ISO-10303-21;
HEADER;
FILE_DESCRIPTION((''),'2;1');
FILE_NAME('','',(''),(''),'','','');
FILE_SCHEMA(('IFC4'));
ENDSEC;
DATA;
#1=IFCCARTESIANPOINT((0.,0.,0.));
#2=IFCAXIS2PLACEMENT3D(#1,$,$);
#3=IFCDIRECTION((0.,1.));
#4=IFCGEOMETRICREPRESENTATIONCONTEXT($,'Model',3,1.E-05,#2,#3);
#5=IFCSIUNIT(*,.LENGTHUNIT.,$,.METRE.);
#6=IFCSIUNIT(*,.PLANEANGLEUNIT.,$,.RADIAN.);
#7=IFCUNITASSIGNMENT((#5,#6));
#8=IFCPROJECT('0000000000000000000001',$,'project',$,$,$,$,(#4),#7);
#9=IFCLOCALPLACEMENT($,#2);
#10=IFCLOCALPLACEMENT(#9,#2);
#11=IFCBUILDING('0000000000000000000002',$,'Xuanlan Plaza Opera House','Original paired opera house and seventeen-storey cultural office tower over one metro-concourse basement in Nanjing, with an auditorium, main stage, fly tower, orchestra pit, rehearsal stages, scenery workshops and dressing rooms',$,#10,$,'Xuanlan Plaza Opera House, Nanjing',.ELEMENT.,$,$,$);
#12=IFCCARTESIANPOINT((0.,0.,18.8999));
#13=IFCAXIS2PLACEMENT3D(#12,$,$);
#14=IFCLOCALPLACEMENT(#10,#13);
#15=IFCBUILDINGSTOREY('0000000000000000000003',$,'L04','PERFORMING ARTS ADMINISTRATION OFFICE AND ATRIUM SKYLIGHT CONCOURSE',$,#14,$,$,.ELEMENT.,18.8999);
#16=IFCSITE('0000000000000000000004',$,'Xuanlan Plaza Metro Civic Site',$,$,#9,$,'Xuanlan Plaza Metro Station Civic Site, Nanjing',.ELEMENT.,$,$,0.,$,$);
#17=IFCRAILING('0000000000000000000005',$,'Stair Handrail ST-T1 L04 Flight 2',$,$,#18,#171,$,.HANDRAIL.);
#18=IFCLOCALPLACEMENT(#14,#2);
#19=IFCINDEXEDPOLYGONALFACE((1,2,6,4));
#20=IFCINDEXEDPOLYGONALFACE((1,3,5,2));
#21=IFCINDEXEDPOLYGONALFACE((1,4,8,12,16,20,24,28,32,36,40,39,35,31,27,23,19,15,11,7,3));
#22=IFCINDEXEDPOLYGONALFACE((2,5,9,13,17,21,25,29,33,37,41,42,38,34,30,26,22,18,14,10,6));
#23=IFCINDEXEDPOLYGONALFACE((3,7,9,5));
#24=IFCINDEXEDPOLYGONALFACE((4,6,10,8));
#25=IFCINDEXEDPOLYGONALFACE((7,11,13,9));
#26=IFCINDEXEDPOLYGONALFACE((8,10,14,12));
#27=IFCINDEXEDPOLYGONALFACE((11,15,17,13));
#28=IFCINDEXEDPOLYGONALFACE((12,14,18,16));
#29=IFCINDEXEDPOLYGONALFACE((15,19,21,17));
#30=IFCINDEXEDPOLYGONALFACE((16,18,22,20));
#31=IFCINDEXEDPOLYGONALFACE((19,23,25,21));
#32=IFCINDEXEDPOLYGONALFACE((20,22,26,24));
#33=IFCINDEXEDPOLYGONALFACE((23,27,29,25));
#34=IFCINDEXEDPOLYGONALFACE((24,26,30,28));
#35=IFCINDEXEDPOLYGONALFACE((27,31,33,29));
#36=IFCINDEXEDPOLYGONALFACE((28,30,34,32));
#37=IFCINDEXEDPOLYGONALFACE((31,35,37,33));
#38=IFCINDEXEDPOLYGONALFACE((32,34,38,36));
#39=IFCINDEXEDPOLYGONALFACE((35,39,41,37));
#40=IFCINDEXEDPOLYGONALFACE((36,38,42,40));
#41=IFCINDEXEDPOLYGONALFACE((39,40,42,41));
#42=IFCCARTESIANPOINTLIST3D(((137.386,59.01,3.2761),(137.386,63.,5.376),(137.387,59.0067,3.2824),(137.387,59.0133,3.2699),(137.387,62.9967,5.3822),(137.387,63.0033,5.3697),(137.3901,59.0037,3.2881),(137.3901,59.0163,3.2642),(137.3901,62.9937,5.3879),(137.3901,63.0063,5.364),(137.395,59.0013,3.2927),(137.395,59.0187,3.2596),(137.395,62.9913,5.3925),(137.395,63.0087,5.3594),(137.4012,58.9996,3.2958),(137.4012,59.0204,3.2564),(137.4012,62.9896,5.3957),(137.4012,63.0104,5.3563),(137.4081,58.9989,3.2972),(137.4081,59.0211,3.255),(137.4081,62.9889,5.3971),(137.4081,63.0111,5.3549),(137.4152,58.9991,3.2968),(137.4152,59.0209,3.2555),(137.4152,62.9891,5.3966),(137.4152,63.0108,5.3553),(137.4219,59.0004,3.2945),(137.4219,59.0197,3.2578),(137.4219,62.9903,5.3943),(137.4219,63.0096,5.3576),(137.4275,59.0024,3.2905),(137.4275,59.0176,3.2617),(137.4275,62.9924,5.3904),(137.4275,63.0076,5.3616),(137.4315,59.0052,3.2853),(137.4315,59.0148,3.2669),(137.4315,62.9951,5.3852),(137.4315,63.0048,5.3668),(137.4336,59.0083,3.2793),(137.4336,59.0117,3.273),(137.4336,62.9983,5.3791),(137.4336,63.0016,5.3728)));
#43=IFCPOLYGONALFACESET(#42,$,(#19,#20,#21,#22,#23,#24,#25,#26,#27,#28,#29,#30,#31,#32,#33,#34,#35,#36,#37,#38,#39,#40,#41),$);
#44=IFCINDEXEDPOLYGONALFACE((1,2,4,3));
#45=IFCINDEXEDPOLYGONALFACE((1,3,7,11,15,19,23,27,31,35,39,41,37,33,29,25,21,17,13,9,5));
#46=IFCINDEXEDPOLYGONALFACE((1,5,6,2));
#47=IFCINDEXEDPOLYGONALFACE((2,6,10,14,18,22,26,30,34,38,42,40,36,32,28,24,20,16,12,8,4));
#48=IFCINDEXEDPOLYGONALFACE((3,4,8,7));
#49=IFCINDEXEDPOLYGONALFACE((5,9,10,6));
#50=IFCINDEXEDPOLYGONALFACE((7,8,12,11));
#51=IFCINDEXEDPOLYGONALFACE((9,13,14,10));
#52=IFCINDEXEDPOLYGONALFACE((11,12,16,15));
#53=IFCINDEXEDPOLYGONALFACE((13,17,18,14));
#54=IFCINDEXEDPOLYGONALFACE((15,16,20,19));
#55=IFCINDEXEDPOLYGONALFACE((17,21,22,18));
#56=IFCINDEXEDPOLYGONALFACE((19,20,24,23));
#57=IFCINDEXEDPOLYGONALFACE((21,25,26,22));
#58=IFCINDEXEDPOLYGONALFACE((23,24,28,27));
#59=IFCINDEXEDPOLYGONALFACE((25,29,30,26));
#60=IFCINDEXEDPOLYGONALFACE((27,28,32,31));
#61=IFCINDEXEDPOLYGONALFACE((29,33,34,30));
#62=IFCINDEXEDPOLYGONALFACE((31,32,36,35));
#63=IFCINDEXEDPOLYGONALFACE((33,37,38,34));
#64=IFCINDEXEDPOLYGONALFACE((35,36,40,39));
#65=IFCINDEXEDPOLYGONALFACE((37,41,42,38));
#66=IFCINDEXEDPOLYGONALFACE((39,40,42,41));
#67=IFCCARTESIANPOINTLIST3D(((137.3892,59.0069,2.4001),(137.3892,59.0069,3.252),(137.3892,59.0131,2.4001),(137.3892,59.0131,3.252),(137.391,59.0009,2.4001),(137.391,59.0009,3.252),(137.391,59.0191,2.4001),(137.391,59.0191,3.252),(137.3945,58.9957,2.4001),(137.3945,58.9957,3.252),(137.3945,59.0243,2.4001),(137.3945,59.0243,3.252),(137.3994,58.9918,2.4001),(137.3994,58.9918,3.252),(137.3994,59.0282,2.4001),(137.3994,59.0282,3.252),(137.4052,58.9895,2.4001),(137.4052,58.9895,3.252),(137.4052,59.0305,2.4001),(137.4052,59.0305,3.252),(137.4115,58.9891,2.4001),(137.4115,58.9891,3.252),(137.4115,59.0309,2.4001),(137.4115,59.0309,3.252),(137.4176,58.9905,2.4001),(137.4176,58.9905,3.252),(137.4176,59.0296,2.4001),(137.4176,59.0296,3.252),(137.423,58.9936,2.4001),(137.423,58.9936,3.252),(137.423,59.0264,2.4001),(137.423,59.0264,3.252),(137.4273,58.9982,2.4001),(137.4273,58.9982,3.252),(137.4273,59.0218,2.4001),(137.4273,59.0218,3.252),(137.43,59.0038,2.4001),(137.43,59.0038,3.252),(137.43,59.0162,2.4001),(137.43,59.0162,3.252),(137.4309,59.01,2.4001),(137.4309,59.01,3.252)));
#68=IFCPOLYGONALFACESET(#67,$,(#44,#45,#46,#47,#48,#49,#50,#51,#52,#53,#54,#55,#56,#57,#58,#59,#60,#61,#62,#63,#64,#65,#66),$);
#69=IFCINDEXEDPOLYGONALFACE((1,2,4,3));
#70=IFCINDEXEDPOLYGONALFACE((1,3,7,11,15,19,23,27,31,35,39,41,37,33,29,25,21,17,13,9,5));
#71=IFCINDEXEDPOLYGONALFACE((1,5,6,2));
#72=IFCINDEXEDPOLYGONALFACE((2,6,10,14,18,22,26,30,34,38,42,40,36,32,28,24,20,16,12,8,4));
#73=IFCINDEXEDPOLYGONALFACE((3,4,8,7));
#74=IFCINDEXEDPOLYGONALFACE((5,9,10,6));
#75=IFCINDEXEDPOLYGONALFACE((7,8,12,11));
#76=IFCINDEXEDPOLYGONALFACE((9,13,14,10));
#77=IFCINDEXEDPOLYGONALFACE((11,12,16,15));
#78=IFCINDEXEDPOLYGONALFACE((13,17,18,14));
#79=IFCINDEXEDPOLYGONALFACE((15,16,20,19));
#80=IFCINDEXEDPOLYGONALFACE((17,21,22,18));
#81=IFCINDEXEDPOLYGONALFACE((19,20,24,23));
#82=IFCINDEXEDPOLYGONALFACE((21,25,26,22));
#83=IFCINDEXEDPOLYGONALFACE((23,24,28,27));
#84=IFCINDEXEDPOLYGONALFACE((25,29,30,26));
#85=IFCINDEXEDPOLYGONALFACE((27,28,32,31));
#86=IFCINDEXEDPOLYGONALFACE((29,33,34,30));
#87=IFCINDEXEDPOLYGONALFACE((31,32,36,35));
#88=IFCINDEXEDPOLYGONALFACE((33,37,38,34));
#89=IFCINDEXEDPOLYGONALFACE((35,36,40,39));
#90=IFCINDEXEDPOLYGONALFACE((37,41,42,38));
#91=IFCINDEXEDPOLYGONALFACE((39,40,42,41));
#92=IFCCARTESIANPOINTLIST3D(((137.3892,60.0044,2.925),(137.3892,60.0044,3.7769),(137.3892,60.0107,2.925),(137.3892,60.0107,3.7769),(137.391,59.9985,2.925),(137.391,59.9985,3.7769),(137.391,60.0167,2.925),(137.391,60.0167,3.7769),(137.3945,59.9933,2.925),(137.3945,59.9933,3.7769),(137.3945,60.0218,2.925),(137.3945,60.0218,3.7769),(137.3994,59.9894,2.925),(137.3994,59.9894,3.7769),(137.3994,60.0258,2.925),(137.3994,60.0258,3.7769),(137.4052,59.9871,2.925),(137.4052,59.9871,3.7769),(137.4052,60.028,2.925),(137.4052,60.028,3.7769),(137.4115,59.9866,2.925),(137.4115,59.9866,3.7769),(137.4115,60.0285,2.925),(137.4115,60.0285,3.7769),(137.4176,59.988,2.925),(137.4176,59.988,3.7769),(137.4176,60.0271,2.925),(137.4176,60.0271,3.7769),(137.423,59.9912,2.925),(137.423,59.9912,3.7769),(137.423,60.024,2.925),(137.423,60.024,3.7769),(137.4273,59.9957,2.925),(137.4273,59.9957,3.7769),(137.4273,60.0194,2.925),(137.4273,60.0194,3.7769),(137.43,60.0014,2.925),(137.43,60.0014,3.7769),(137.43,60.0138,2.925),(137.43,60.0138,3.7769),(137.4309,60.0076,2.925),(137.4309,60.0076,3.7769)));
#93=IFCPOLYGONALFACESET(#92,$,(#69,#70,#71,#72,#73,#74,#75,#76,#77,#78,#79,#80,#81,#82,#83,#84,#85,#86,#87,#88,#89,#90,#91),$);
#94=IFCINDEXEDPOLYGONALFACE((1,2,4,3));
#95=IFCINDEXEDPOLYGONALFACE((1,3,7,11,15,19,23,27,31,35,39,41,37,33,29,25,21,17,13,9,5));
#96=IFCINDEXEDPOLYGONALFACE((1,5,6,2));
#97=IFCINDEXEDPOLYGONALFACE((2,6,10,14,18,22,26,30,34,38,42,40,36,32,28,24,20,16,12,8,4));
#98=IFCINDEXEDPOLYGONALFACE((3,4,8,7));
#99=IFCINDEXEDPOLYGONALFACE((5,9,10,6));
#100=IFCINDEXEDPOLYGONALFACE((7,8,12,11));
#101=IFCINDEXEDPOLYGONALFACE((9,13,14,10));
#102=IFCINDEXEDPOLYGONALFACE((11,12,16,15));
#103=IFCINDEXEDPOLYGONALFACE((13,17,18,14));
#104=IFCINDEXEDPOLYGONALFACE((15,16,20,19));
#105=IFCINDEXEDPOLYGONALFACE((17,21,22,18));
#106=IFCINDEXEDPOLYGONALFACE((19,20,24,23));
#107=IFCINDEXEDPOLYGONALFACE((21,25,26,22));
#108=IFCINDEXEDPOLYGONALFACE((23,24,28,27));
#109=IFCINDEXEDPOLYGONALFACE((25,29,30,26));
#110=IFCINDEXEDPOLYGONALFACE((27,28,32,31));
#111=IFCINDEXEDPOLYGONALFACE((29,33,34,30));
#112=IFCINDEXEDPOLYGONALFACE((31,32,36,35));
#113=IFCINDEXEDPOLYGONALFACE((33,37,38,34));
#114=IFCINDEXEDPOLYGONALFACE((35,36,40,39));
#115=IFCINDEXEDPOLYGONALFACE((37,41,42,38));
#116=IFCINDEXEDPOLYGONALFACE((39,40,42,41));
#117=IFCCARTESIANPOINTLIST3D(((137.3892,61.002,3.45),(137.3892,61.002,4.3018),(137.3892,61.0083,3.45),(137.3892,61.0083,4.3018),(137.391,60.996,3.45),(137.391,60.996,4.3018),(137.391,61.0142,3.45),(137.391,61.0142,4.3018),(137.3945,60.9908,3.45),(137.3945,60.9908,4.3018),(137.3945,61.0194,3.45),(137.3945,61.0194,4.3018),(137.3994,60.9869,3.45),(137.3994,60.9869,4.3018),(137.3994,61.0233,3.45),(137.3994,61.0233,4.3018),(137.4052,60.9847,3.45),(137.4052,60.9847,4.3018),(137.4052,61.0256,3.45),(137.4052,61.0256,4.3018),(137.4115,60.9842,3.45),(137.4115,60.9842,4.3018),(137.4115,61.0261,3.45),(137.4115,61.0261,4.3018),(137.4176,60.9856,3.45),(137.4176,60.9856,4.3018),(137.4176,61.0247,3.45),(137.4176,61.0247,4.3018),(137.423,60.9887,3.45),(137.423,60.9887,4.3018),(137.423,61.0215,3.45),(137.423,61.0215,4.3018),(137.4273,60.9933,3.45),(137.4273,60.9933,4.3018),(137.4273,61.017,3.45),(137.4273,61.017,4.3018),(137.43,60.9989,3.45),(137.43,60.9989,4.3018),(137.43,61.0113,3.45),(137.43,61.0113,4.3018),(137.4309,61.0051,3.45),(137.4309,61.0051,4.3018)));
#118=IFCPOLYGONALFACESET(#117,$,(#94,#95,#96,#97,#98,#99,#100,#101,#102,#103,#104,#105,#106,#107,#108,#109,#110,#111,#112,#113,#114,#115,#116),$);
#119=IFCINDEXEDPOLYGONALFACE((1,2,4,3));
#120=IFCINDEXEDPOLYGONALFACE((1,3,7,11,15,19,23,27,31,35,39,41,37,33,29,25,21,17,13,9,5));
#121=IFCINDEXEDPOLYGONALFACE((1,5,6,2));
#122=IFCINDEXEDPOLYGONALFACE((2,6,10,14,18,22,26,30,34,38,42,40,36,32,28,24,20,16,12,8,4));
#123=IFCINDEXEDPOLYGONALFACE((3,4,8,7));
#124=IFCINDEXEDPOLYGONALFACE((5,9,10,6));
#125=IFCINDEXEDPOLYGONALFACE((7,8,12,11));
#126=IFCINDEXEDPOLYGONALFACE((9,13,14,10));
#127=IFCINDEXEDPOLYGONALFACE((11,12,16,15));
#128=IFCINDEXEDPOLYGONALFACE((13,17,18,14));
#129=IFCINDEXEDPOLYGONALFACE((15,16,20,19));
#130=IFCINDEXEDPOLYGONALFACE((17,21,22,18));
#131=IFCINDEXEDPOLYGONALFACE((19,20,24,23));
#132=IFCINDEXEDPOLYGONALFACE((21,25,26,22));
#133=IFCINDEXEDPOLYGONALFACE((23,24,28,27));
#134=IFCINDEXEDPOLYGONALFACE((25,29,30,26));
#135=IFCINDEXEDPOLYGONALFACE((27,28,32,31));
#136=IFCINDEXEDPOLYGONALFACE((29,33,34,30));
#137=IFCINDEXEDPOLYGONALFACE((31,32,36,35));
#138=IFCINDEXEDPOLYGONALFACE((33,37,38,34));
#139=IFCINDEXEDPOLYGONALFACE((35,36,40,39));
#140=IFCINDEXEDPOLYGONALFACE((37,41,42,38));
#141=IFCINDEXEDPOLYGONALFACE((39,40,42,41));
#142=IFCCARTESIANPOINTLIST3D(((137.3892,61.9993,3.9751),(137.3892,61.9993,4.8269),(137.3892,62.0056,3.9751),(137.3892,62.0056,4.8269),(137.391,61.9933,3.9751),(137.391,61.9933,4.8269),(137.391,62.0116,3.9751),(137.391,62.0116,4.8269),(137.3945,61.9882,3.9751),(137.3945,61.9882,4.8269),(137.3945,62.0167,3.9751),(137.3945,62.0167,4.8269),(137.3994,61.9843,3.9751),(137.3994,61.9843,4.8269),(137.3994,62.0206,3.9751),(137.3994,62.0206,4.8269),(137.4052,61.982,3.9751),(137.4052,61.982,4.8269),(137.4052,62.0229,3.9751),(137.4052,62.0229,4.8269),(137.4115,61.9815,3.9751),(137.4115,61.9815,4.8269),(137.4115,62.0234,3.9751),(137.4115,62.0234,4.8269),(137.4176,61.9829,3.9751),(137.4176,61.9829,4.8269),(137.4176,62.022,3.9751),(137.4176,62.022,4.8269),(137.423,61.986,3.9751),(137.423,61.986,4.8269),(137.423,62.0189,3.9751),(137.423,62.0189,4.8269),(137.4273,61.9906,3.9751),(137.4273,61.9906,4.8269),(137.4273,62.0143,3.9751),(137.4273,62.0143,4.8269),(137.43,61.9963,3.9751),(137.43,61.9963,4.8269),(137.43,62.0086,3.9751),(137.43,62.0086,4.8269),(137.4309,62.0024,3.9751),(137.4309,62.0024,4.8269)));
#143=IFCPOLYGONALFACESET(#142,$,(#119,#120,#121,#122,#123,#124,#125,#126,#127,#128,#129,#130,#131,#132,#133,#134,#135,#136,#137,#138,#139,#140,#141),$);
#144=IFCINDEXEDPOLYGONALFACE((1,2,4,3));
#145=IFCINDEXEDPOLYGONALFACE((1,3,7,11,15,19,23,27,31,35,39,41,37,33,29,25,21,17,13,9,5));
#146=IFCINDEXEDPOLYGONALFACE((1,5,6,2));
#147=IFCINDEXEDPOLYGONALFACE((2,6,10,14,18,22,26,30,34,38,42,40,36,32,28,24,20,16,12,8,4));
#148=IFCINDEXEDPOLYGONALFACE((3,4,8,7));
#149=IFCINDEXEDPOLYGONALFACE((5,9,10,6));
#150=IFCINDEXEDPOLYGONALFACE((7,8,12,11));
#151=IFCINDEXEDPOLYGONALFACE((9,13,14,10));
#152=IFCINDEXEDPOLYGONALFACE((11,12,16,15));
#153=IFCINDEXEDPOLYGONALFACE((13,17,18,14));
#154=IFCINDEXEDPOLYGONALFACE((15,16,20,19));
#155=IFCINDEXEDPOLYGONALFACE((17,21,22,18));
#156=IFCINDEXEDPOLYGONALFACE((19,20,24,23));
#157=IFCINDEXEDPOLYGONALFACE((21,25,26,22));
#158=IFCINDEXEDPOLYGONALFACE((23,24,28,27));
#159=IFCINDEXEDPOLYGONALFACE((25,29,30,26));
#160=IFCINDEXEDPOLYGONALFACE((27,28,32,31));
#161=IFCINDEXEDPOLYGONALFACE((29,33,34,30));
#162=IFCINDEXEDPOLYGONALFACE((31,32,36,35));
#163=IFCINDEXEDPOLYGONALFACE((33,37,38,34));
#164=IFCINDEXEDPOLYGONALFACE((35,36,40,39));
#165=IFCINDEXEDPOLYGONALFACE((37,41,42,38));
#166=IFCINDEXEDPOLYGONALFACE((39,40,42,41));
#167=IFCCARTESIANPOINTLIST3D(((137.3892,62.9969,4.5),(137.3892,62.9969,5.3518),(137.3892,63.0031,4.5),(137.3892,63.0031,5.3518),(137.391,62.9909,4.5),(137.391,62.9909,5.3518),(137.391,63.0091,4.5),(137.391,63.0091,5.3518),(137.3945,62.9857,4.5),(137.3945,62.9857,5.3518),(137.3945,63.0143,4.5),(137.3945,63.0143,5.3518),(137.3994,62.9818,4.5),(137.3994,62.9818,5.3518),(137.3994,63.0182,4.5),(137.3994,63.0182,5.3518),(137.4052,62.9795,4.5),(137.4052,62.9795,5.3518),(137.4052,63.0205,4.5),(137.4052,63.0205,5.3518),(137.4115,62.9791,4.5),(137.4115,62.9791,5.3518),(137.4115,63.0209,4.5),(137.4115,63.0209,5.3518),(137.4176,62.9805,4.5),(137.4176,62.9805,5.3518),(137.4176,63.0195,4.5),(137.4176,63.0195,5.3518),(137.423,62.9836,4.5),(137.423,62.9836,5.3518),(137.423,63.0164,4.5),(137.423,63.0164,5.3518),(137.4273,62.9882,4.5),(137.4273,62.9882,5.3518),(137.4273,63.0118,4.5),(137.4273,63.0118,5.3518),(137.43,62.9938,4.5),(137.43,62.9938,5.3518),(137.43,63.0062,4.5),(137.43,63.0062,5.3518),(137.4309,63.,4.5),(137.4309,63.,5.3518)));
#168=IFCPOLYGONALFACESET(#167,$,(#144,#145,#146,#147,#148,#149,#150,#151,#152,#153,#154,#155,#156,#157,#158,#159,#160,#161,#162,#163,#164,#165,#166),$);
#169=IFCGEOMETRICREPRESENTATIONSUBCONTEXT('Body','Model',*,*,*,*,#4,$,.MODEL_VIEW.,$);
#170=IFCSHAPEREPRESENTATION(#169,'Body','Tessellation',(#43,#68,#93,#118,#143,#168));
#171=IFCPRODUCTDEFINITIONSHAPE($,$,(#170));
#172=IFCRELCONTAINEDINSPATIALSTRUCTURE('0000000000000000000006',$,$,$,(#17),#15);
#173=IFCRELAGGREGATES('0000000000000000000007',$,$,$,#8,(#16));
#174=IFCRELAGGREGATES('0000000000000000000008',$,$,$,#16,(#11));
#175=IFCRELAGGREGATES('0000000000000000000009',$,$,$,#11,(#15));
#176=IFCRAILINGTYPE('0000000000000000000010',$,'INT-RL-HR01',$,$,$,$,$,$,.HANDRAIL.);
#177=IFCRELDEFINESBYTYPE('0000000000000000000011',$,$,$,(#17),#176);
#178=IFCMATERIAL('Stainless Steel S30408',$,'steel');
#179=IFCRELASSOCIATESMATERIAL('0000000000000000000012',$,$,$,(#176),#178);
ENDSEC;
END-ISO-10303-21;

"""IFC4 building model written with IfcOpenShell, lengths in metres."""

from ifc_helpers import new_model, si_unit, direction, frame, origin, origin_2d, place, context, subcontext, project, spatial, circle, extrude, material, type_object, element, save


model = new_model("IFC4")

# Units and contexts
model_context = context("Model", 3, precision=1e-05, world=origin(), true_north=direction((0.0, 1.0)))
body_context = subcontext(model_context, "Body", "Model", "MODEL_VIEW")
ifc_project = project(units=[si_unit("LENGTHUNIT", "METRE"), si_unit("PLANEANGLEUNIT", "RADIAN")], contexts=[model_context])

# Site, building, storey
site_placement = place(None, origin())
site = spatial("IfcSite", under=ifc_project, at=site_placement, Name="Xuanlan Plaza Metro Civic Site", LongName="Xuanlan Plaza Metro Station Civic Site, Nanjing", CompositionType="ELEMENT", RefElevation=0.0)
building_placement = place(site_placement, origin())
building = spatial("IfcBuilding", under=site, at=building_placement, Name="Xuanlan Plaza Opera House", Description="Original paired opera house and seventeen-storey cultural office tower over one metro-concourse basement in Nanjing, with an auditorium, main stage, fly tower, orchestra pit, rehearsal stages, scenery workshops and dressing rooms", LongName="Xuanlan Plaza Opera House, Nanjing", CompositionType="ELEMENT")
storey_placement = place(building_placement, frame((0.0, 0.0, 18.8999)))
storey = spatial("IfcBuildingStorey", under=building, at=storey_placement, Name="L04", Description="PERFORMING ARTS ADMINISTRATION OFFICE AND ATRIUM SKYLIGHT CONCOURSE", CompositionType="ELEMENT", Elevation=18.8999)

# Shared definitions
ifc_material_1 = material(Name="Stainless Steel S30408", Category="steel")

# Railing
railing_type = type_object("IfcRailingType", Name="INT-RL-HR01", PredefinedType="HANDRAIL", material=ifc_material_1)
railing_placement = place(storey_placement, frame((137.4099, 59.01, 2.4001)))
element("IfcRailing", 1, at=railing_placement, inside=storey, type_object=railing_type, Name="Stair Handrail ST-T1 L04 Flight 2", PredefinedType="HANDRAIL", context=body_context, shape_type="SweptSolid", body=[
    extrude(circle(Radius=0.0239, at=origin_2d()), frame((0.0, 0.0, 0.876), z_axis=(0.0, 0.884931, 0.465722), x_axis=(-1.0, 0.0, 0.0)), (0.0, 0.0, 1.0), 4.5088),
    extrude(circle(Radius=0.021, at=origin_2d()), origin(), (0.0, 0.0, 1.0), 0.8518),
    extrude(circle(Radius=0.021, at=origin_2d()), frame((0.0, 0.9976, 0.5249)), (0.0, 0.0, 1.0), 0.8518),
    extrude(circle(Radius=0.021, at=origin_2d()), frame((0.0, 1.9951, 1.0498)), (0.0, 0.0, 1.0), 0.8518),
    extrude(circle(Radius=0.021, at=origin_2d()), frame((0.0, 2.9924, 1.575)), (0.0, 0.0, 1.0), 0.8518),
    extrude(circle(Radius=0.021, at=origin_2d()), frame((0.0, 3.99, 2.0999)), (0.0, 0.0, 1.0), 0.8518),
])

save(model, "model.ifc")
